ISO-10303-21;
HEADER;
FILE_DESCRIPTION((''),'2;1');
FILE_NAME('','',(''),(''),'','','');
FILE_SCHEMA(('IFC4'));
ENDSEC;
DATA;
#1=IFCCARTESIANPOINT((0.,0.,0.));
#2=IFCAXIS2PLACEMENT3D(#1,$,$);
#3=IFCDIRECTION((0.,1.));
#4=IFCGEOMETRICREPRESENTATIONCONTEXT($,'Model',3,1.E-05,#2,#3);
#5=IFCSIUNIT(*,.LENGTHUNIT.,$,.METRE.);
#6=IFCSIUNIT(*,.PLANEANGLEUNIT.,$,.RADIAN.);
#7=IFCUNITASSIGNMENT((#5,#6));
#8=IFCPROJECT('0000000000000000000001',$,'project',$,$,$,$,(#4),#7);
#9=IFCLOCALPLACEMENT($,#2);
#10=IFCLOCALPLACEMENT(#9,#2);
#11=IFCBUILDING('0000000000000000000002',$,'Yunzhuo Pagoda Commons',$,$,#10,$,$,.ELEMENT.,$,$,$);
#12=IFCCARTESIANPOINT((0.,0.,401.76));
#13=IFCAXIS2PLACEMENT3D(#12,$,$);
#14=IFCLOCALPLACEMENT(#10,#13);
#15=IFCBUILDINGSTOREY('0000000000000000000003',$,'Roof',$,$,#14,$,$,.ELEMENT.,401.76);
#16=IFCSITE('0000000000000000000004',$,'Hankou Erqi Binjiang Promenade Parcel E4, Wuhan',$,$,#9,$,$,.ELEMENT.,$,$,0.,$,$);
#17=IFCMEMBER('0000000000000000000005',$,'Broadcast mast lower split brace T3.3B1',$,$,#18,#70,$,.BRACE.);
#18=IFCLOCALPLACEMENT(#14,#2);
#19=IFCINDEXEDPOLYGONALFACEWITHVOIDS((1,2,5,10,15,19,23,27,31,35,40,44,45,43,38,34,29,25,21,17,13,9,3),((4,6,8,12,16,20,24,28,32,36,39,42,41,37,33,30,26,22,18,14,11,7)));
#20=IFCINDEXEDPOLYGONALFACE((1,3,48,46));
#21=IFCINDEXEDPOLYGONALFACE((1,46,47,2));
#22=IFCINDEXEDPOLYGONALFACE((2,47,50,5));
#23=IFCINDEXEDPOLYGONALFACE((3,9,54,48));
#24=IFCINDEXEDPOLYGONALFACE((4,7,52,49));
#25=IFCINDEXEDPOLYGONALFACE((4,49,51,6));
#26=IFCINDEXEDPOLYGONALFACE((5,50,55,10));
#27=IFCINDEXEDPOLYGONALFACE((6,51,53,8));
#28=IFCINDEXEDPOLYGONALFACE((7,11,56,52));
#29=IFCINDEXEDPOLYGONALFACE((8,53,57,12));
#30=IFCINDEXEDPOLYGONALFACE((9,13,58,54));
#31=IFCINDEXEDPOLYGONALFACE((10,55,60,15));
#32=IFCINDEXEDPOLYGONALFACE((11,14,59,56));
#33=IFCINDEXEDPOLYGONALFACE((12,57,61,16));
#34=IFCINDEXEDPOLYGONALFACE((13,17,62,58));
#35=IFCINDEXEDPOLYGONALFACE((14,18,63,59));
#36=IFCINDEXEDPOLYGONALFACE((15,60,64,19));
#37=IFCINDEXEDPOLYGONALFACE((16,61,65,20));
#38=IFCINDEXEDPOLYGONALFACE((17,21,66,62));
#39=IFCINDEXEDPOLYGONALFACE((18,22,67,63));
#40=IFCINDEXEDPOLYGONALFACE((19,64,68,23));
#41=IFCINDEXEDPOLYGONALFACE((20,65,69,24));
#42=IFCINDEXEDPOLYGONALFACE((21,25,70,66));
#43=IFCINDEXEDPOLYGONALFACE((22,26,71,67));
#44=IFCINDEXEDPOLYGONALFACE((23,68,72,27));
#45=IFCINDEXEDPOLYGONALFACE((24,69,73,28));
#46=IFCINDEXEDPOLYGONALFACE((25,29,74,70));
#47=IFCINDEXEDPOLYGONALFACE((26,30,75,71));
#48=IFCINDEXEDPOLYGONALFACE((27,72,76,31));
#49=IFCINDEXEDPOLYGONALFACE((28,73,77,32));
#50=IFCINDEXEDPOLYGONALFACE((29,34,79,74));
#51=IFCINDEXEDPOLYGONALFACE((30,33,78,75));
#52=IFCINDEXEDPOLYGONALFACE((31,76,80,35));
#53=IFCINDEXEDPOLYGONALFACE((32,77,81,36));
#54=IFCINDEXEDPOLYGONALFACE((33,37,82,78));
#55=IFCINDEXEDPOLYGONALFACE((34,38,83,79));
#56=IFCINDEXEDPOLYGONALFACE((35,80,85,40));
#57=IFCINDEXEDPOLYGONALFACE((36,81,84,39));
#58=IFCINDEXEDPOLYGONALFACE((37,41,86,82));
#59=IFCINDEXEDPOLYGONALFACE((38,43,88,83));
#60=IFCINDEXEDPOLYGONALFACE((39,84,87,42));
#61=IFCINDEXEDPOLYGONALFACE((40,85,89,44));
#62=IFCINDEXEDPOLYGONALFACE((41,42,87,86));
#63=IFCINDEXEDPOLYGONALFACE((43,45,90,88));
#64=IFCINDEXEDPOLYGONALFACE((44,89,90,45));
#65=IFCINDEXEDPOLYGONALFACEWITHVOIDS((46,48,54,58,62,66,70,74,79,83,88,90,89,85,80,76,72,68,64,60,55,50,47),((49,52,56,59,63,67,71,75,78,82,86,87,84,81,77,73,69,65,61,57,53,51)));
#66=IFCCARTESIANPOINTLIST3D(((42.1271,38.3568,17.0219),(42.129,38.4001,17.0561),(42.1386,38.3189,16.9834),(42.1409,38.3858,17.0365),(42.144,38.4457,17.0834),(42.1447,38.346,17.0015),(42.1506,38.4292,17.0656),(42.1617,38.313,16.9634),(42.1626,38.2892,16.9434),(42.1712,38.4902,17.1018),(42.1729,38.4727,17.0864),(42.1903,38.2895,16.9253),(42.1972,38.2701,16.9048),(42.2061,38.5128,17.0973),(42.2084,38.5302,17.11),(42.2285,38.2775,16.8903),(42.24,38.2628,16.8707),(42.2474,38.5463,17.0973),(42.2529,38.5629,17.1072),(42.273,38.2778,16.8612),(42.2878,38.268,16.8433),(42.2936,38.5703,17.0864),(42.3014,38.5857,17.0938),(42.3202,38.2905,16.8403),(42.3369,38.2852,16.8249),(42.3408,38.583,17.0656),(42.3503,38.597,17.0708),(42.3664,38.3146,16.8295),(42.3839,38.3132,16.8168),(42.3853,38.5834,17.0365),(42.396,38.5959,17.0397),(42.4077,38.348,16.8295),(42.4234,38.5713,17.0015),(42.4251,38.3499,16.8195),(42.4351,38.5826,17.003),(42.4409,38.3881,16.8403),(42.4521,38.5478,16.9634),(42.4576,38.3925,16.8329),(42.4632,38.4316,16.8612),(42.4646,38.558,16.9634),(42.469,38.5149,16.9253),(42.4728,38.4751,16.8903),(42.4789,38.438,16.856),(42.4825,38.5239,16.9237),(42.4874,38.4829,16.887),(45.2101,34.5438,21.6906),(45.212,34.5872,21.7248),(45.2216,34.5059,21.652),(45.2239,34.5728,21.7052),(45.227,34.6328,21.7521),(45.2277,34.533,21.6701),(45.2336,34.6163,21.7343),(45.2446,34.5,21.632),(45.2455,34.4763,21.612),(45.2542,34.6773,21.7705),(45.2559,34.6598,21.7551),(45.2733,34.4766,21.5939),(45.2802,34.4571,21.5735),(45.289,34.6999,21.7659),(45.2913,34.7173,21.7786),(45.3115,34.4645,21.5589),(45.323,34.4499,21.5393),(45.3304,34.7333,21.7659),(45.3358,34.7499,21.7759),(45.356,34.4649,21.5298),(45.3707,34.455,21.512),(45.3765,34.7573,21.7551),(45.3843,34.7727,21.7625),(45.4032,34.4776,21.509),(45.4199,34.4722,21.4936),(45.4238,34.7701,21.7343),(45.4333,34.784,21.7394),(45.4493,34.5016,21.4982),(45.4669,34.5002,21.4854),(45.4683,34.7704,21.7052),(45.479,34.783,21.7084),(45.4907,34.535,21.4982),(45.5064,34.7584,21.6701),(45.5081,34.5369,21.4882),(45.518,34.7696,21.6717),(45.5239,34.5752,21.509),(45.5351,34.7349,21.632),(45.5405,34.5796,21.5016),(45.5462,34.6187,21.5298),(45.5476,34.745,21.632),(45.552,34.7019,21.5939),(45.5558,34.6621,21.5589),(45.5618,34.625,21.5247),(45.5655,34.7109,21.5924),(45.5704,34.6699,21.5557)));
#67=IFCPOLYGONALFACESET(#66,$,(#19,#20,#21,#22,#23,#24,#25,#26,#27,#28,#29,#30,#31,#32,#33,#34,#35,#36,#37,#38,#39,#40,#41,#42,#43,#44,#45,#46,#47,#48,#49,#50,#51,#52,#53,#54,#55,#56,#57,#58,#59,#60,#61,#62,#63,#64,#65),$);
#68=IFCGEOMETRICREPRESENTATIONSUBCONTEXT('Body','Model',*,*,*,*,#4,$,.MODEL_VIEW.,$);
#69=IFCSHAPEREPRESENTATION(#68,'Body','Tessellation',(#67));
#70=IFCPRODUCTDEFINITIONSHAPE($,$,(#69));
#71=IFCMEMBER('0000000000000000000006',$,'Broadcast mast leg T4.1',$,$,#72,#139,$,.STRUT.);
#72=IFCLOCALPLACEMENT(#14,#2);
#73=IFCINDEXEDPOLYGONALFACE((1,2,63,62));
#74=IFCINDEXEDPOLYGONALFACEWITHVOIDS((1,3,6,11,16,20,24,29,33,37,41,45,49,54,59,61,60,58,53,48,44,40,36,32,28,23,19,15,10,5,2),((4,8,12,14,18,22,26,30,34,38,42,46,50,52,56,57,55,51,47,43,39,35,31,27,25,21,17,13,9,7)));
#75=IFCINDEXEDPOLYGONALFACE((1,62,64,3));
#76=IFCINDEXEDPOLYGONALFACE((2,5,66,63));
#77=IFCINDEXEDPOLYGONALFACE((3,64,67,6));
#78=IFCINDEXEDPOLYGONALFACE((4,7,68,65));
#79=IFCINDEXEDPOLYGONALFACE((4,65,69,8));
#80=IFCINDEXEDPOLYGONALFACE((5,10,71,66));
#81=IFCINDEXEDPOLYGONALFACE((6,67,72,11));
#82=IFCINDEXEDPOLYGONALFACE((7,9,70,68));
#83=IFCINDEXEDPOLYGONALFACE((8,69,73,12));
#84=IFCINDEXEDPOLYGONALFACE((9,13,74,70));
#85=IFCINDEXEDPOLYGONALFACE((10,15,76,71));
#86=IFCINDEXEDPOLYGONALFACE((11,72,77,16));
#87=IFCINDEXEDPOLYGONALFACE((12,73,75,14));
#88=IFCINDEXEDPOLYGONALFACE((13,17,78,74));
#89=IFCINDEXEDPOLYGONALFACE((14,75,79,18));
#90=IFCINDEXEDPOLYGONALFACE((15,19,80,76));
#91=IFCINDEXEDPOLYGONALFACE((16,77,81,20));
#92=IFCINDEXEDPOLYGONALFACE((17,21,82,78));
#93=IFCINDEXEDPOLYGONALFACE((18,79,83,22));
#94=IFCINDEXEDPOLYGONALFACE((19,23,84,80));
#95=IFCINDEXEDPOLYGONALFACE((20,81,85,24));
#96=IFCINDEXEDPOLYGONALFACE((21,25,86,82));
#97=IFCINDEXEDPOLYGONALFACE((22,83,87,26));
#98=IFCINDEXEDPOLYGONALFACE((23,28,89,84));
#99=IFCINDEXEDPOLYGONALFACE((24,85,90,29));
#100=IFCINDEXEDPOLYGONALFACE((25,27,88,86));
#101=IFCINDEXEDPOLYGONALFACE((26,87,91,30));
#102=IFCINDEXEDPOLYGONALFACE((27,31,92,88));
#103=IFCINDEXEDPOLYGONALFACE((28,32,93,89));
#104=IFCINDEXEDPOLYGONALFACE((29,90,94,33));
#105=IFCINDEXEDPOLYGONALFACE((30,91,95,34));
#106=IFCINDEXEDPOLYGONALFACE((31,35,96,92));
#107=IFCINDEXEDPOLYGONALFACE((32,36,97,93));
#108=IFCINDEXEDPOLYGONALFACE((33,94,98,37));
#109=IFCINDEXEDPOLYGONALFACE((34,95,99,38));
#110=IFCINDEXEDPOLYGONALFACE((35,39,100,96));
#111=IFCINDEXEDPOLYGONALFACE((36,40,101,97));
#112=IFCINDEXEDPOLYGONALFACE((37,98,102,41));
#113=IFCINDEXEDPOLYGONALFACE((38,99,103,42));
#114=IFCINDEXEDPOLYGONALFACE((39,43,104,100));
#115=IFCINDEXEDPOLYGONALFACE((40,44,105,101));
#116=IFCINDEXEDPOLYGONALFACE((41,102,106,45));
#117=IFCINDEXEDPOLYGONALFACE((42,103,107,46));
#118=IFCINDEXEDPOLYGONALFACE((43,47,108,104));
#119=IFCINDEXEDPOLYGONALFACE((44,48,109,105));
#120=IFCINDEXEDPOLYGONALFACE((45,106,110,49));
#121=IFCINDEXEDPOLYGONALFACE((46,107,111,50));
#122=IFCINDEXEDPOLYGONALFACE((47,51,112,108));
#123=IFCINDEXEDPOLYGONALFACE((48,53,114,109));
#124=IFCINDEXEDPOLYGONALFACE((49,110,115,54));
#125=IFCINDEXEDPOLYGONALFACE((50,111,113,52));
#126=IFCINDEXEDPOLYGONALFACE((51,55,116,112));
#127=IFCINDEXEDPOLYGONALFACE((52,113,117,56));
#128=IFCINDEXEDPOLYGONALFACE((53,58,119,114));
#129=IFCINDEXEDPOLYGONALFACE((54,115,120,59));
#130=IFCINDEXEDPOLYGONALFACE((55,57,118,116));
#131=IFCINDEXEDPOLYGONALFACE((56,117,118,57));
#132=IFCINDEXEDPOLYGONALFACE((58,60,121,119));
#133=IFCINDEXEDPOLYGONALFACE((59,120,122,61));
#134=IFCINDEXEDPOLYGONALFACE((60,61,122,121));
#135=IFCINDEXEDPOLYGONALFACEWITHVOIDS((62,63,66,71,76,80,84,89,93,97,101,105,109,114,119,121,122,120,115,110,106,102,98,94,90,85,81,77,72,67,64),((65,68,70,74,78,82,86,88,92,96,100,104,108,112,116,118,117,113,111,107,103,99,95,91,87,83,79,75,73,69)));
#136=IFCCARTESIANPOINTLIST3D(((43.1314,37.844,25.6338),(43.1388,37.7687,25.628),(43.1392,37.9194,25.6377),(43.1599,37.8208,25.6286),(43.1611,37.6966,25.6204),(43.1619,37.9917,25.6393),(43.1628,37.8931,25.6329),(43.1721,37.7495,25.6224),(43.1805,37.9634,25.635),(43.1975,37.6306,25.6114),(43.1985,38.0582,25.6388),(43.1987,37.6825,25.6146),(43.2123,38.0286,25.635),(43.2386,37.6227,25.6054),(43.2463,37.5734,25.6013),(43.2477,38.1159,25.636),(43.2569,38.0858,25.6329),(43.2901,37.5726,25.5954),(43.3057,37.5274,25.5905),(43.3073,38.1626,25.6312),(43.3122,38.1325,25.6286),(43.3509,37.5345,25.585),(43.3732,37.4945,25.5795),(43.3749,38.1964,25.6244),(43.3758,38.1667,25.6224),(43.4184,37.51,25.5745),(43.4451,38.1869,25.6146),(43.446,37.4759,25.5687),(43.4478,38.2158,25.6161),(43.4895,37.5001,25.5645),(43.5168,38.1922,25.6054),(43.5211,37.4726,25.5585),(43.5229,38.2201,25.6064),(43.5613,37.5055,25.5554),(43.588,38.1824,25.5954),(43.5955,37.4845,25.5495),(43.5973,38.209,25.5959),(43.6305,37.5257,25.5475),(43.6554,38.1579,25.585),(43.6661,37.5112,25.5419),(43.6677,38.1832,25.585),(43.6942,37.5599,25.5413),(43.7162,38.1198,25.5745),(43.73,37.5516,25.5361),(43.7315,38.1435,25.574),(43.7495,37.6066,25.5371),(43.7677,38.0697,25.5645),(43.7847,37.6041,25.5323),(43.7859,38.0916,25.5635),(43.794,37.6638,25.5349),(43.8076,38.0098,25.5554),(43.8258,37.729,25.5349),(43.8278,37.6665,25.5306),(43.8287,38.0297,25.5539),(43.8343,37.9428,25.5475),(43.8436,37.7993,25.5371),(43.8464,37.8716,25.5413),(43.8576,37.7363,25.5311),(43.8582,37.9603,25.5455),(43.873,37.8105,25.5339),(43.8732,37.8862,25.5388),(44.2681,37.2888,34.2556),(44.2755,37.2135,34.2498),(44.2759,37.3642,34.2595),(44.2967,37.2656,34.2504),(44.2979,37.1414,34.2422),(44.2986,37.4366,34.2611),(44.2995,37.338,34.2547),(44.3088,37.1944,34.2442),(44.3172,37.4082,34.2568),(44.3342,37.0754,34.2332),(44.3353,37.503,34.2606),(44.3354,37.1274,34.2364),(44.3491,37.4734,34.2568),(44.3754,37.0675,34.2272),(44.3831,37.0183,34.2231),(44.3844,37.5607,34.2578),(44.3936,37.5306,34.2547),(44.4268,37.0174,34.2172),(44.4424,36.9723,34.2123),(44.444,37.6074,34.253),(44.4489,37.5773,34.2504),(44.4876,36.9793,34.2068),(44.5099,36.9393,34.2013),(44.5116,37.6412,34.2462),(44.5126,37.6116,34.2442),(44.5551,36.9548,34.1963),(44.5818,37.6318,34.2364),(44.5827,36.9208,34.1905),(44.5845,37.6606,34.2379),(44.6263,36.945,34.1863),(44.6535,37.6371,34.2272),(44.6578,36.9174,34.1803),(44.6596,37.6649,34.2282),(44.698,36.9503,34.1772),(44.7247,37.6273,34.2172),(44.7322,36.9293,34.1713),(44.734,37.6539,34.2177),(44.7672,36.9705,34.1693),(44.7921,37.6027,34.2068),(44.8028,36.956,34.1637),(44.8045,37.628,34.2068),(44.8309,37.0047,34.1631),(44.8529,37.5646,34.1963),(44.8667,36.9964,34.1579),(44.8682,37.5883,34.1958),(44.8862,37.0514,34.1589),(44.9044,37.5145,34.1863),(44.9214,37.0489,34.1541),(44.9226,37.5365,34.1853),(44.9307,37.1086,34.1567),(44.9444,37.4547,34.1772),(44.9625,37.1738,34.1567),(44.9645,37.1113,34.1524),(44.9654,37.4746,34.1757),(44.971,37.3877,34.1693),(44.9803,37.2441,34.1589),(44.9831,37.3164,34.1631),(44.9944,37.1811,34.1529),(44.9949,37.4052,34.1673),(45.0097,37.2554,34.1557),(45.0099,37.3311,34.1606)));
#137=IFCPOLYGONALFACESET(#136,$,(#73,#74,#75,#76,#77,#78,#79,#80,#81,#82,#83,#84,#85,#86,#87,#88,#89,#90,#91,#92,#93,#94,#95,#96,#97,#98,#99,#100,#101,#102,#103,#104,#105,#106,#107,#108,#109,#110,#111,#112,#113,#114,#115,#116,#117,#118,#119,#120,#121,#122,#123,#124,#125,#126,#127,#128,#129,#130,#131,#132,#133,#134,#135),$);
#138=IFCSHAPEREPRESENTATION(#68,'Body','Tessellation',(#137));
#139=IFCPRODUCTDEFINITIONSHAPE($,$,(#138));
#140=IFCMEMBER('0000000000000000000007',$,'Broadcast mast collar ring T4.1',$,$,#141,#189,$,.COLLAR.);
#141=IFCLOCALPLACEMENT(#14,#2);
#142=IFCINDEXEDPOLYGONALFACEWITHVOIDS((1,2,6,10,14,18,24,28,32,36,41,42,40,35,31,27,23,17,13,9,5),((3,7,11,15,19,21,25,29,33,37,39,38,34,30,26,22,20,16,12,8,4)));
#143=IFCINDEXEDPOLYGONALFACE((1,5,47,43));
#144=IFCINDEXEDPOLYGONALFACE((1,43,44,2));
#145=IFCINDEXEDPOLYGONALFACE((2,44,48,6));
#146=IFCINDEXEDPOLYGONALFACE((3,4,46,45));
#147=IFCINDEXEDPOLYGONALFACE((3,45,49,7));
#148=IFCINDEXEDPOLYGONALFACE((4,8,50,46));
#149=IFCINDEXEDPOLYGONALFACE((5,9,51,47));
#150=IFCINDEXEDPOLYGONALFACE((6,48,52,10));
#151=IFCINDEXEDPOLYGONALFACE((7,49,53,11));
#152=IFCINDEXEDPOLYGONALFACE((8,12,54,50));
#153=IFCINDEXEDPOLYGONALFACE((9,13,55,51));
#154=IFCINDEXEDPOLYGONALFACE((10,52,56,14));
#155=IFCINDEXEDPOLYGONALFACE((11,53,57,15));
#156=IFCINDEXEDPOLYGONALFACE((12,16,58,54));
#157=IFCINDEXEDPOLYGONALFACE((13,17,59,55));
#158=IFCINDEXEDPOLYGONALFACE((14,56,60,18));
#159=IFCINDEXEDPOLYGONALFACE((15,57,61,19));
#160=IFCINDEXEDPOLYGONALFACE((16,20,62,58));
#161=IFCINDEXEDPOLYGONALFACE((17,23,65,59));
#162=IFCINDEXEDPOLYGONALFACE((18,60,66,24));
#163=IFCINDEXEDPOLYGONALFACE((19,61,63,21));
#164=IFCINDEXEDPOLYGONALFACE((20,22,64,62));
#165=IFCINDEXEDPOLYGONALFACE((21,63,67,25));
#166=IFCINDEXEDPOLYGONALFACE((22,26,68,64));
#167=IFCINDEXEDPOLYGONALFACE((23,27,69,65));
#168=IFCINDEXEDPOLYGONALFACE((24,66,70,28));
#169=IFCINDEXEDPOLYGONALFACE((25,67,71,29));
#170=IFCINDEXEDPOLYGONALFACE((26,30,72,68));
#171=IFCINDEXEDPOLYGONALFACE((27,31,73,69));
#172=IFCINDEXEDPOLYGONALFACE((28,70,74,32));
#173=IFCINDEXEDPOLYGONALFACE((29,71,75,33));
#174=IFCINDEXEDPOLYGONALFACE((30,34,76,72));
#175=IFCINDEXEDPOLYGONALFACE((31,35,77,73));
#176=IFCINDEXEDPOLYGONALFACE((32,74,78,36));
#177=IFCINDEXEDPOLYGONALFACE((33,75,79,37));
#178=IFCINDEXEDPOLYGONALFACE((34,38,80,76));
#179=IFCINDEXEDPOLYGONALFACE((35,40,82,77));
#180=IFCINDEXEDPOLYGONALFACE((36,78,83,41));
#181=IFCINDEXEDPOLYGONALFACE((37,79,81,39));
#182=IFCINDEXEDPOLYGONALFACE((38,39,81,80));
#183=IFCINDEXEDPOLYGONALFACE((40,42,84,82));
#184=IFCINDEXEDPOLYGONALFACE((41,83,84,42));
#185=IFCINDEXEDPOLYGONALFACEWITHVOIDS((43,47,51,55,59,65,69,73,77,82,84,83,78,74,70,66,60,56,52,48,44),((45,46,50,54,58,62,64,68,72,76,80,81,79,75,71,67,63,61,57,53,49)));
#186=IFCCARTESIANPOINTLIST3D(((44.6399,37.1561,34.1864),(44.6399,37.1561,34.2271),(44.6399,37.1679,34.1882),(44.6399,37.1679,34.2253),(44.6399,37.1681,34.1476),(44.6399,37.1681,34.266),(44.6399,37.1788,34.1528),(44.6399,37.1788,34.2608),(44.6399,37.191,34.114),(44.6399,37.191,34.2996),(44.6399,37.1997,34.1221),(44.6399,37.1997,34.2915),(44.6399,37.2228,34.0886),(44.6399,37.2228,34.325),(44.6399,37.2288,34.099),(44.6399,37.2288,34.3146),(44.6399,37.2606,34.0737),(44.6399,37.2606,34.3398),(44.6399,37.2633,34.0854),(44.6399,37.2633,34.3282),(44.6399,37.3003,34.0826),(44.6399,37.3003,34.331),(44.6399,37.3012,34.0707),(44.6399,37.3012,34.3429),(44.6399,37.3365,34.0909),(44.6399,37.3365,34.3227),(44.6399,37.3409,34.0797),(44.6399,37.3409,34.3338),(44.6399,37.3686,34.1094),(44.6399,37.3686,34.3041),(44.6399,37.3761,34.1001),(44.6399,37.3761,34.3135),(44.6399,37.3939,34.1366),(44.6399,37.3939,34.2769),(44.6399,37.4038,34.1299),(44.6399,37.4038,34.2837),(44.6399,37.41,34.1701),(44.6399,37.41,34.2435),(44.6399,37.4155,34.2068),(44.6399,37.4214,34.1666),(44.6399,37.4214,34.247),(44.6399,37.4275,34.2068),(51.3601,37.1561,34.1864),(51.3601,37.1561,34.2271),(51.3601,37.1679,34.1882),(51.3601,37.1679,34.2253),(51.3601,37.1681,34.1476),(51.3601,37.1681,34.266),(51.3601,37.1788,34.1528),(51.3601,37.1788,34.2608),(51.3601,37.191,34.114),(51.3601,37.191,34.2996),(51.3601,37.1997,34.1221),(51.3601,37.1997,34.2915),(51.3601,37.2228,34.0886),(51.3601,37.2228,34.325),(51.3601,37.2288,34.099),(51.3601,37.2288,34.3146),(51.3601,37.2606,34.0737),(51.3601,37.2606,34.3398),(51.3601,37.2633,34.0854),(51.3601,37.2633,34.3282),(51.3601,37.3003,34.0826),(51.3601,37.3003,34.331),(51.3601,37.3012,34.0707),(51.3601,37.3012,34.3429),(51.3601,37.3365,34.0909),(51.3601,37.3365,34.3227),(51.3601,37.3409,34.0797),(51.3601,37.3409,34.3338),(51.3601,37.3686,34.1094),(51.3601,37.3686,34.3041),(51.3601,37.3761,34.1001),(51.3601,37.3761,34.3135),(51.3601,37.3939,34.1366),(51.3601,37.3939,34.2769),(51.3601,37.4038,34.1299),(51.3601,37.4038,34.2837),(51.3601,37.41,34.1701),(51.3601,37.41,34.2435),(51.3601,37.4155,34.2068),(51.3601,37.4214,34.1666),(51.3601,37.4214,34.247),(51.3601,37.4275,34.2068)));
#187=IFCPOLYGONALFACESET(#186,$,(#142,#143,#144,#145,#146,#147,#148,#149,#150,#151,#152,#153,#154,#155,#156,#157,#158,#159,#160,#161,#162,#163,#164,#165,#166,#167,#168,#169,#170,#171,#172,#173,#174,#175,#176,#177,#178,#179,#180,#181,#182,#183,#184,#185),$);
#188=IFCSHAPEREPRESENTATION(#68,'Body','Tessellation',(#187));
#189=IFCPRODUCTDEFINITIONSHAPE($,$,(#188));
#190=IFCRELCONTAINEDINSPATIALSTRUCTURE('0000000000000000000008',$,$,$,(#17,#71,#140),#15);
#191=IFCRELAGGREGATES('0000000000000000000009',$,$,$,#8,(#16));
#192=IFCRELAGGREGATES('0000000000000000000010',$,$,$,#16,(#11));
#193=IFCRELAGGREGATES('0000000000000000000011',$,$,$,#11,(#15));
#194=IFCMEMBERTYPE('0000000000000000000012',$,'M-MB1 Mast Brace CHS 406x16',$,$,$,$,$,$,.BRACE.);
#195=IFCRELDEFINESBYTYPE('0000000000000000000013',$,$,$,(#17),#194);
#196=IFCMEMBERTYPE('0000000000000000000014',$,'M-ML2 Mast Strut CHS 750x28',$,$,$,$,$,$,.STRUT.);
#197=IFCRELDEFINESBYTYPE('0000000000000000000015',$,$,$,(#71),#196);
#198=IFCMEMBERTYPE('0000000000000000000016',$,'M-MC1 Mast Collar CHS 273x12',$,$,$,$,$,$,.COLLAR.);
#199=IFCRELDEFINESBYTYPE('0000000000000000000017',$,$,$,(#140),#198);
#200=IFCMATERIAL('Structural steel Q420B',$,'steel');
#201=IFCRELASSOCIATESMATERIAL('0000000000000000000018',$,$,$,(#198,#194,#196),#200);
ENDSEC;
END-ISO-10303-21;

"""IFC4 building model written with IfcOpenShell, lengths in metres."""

from ifc_helpers import new_model, si_unit, direction, frame, origin, origin_2d, place, context, subcontext, project, spatial, hollow_circle, extrude, source, transform, mapped, material, material_profile, profile_set, type_object, element, save


model = new_model("IFC4")

# Units and contexts
model_context = context("Model", 3, precision=1e-05, world=origin(), true_north=direction((0.0, 1.0)))
body_context = subcontext(model_context, "Body", "Model", "MODEL_VIEW")
ifc_project = project(units=[si_unit("LENGTHUNIT", "METRE"), si_unit("PLANEANGLEUNIT", "RADIAN")], contexts=[model_context])

# Site, building, storey
site_placement = place(None, origin())
site = spatial("IfcSite", under=ifc_project, at=site_placement, Name="Hankou Erqi Binjiang Promenade Parcel E4, Wuhan", CompositionType="ELEMENT", RefElevation=0.0)
building_placement = place(site_placement, origin())
building = spatial("IfcBuilding", under=site, at=building_placement, Name="Yunzhuo Pagoda Commons", CompositionType="ELEMENT")
storey_placement = place(building_placement, frame((0.0, 0.0, 401.76)))
storey = spatial("IfcBuildingStorey", under=building, at=storey_placement, Name="Roof", CompositionType="ELEMENT", Elevation=401.76)

# Members
ifc_material_1 = material(Name="Structural steel Q420B", Category="steel")
ifc_material_profile_1 = material_profile(ifc_material_1, hollow_circle(Radius=0.1365, WallThickness=0.012, at=origin_2d()), Name="Structural steel Q420B")
ifc_profile_set_1 = profile_set([ifc_material_profile_1], Name="Structural steel Q420B")
member_type_1 = type_object("IfcMemberType", Name="M-MC1 Mast Collar CHS 273x12", PredefinedType="COLLAR", material=ifc_profile_set_1)
ifc_material_profile_2 = material_profile(ifc_material_1, hollow_circle(Radius=0.2029, WallThickness=0.0161, at=origin_2d()), Name="Structural steel Q420B")
ifc_profile_set_2 = profile_set([ifc_material_profile_2], Name="Structural steel Q420B")
member_type_2 = type_object("IfcMemberType", Name="M-MB1 Mast Brace CHS 406x16", PredefinedType="BRACE", material=ifc_profile_set_2)
ifc_material_profile_3 = material_profile(ifc_material_1, hollow_circle(Radius=0.375, WallThickness=0.0281, at=origin_2d()), Name="Structural steel Q420B")
ifc_profile_set_3 = profile_set([ifc_material_profile_3], Name="Structural steel Q420B")
member_type_3 = type_object("IfcMemberType", Name="M-ML2 Mast Strut CHS 750x28", PredefinedType="STRUT", material=ifc_profile_set_3)
shared_shape_1 = source(origin(), body_context, "Body", "SweptSolid", [
    extrude(hollow_circle(Radius=0.2029, WallThickness=0.0161, at=origin_2d()), origin(), (0.0, 0.0, 1.0), 6.7705),
])
member_1_placement = place(storey_placement, frame((42.3069, 38.4304, 16.9634), z_axis=(0.455354, -0.563171, 0.689558), x_axis=(0.777613, 0.628743, 0.0)))
element("IfcMember", 1, at=member_1_placement, inside=storey, type_object=member_type_2, Name="Broadcast mast lower split brace T3.3B1", PredefinedType="BRACE", context=body_context, shape_type="MappedRepresentation", body=[
    mapped(shared_shape_1, transform((0.0, 0.0, 0.0), scale=1.0)),
])
shared_shape_2 = source(origin(), body_context, "Body", "SweptSolid", [
    extrude(hollow_circle(Radius=0.375, WallThickness=0.0281, at=origin_2d()), origin(), (0.0, 0.0, 1.0), 8.7141),
])
member_2_placement = place(storey_placement, frame((43.5032, 37.8462, 25.585), z_axis=(0.130445, -0.06371, 0.989406), x_axis=(0.438857, 0.898557, 0.0)))
element("IfcMember", 2, at=member_2_placement, inside=storey, type_object=member_type_3, Name="Broadcast mast leg T4.1", PredefinedType="STRUT", context=body_context, shape_type="MappedRepresentation", body=[
    mapped(shared_shape_2, transform((0.0, 0.0, 0.0), scale=1.0)),
])
shared_shape_3 = source(origin(), body_context, "Body", "SweptSolid", [
    extrude(hollow_circle(Radius=0.1365, WallThickness=0.012, at=origin_2d()), origin(), (0.0, 0.0, 1.0), 6.7202),
])
member_3_placement = place(storey_placement, frame((44.6399, 37.291, 34.2068), z_axis=(1.0, 0.0, 0.0), x_axis=(0.0, 1.0, 0.0)))
element("IfcMember", 3, at=member_3_placement, inside=storey, type_object=member_type_1, Name="Broadcast mast collar ring T4.1", PredefinedType="COLLAR", context=body_context, shape_type="MappedRepresentation", body=[
    mapped(shared_shape_3, transform((0.0, 0.0, 0.0), scale=1.0)),
])

save(model, "model.ifc")
